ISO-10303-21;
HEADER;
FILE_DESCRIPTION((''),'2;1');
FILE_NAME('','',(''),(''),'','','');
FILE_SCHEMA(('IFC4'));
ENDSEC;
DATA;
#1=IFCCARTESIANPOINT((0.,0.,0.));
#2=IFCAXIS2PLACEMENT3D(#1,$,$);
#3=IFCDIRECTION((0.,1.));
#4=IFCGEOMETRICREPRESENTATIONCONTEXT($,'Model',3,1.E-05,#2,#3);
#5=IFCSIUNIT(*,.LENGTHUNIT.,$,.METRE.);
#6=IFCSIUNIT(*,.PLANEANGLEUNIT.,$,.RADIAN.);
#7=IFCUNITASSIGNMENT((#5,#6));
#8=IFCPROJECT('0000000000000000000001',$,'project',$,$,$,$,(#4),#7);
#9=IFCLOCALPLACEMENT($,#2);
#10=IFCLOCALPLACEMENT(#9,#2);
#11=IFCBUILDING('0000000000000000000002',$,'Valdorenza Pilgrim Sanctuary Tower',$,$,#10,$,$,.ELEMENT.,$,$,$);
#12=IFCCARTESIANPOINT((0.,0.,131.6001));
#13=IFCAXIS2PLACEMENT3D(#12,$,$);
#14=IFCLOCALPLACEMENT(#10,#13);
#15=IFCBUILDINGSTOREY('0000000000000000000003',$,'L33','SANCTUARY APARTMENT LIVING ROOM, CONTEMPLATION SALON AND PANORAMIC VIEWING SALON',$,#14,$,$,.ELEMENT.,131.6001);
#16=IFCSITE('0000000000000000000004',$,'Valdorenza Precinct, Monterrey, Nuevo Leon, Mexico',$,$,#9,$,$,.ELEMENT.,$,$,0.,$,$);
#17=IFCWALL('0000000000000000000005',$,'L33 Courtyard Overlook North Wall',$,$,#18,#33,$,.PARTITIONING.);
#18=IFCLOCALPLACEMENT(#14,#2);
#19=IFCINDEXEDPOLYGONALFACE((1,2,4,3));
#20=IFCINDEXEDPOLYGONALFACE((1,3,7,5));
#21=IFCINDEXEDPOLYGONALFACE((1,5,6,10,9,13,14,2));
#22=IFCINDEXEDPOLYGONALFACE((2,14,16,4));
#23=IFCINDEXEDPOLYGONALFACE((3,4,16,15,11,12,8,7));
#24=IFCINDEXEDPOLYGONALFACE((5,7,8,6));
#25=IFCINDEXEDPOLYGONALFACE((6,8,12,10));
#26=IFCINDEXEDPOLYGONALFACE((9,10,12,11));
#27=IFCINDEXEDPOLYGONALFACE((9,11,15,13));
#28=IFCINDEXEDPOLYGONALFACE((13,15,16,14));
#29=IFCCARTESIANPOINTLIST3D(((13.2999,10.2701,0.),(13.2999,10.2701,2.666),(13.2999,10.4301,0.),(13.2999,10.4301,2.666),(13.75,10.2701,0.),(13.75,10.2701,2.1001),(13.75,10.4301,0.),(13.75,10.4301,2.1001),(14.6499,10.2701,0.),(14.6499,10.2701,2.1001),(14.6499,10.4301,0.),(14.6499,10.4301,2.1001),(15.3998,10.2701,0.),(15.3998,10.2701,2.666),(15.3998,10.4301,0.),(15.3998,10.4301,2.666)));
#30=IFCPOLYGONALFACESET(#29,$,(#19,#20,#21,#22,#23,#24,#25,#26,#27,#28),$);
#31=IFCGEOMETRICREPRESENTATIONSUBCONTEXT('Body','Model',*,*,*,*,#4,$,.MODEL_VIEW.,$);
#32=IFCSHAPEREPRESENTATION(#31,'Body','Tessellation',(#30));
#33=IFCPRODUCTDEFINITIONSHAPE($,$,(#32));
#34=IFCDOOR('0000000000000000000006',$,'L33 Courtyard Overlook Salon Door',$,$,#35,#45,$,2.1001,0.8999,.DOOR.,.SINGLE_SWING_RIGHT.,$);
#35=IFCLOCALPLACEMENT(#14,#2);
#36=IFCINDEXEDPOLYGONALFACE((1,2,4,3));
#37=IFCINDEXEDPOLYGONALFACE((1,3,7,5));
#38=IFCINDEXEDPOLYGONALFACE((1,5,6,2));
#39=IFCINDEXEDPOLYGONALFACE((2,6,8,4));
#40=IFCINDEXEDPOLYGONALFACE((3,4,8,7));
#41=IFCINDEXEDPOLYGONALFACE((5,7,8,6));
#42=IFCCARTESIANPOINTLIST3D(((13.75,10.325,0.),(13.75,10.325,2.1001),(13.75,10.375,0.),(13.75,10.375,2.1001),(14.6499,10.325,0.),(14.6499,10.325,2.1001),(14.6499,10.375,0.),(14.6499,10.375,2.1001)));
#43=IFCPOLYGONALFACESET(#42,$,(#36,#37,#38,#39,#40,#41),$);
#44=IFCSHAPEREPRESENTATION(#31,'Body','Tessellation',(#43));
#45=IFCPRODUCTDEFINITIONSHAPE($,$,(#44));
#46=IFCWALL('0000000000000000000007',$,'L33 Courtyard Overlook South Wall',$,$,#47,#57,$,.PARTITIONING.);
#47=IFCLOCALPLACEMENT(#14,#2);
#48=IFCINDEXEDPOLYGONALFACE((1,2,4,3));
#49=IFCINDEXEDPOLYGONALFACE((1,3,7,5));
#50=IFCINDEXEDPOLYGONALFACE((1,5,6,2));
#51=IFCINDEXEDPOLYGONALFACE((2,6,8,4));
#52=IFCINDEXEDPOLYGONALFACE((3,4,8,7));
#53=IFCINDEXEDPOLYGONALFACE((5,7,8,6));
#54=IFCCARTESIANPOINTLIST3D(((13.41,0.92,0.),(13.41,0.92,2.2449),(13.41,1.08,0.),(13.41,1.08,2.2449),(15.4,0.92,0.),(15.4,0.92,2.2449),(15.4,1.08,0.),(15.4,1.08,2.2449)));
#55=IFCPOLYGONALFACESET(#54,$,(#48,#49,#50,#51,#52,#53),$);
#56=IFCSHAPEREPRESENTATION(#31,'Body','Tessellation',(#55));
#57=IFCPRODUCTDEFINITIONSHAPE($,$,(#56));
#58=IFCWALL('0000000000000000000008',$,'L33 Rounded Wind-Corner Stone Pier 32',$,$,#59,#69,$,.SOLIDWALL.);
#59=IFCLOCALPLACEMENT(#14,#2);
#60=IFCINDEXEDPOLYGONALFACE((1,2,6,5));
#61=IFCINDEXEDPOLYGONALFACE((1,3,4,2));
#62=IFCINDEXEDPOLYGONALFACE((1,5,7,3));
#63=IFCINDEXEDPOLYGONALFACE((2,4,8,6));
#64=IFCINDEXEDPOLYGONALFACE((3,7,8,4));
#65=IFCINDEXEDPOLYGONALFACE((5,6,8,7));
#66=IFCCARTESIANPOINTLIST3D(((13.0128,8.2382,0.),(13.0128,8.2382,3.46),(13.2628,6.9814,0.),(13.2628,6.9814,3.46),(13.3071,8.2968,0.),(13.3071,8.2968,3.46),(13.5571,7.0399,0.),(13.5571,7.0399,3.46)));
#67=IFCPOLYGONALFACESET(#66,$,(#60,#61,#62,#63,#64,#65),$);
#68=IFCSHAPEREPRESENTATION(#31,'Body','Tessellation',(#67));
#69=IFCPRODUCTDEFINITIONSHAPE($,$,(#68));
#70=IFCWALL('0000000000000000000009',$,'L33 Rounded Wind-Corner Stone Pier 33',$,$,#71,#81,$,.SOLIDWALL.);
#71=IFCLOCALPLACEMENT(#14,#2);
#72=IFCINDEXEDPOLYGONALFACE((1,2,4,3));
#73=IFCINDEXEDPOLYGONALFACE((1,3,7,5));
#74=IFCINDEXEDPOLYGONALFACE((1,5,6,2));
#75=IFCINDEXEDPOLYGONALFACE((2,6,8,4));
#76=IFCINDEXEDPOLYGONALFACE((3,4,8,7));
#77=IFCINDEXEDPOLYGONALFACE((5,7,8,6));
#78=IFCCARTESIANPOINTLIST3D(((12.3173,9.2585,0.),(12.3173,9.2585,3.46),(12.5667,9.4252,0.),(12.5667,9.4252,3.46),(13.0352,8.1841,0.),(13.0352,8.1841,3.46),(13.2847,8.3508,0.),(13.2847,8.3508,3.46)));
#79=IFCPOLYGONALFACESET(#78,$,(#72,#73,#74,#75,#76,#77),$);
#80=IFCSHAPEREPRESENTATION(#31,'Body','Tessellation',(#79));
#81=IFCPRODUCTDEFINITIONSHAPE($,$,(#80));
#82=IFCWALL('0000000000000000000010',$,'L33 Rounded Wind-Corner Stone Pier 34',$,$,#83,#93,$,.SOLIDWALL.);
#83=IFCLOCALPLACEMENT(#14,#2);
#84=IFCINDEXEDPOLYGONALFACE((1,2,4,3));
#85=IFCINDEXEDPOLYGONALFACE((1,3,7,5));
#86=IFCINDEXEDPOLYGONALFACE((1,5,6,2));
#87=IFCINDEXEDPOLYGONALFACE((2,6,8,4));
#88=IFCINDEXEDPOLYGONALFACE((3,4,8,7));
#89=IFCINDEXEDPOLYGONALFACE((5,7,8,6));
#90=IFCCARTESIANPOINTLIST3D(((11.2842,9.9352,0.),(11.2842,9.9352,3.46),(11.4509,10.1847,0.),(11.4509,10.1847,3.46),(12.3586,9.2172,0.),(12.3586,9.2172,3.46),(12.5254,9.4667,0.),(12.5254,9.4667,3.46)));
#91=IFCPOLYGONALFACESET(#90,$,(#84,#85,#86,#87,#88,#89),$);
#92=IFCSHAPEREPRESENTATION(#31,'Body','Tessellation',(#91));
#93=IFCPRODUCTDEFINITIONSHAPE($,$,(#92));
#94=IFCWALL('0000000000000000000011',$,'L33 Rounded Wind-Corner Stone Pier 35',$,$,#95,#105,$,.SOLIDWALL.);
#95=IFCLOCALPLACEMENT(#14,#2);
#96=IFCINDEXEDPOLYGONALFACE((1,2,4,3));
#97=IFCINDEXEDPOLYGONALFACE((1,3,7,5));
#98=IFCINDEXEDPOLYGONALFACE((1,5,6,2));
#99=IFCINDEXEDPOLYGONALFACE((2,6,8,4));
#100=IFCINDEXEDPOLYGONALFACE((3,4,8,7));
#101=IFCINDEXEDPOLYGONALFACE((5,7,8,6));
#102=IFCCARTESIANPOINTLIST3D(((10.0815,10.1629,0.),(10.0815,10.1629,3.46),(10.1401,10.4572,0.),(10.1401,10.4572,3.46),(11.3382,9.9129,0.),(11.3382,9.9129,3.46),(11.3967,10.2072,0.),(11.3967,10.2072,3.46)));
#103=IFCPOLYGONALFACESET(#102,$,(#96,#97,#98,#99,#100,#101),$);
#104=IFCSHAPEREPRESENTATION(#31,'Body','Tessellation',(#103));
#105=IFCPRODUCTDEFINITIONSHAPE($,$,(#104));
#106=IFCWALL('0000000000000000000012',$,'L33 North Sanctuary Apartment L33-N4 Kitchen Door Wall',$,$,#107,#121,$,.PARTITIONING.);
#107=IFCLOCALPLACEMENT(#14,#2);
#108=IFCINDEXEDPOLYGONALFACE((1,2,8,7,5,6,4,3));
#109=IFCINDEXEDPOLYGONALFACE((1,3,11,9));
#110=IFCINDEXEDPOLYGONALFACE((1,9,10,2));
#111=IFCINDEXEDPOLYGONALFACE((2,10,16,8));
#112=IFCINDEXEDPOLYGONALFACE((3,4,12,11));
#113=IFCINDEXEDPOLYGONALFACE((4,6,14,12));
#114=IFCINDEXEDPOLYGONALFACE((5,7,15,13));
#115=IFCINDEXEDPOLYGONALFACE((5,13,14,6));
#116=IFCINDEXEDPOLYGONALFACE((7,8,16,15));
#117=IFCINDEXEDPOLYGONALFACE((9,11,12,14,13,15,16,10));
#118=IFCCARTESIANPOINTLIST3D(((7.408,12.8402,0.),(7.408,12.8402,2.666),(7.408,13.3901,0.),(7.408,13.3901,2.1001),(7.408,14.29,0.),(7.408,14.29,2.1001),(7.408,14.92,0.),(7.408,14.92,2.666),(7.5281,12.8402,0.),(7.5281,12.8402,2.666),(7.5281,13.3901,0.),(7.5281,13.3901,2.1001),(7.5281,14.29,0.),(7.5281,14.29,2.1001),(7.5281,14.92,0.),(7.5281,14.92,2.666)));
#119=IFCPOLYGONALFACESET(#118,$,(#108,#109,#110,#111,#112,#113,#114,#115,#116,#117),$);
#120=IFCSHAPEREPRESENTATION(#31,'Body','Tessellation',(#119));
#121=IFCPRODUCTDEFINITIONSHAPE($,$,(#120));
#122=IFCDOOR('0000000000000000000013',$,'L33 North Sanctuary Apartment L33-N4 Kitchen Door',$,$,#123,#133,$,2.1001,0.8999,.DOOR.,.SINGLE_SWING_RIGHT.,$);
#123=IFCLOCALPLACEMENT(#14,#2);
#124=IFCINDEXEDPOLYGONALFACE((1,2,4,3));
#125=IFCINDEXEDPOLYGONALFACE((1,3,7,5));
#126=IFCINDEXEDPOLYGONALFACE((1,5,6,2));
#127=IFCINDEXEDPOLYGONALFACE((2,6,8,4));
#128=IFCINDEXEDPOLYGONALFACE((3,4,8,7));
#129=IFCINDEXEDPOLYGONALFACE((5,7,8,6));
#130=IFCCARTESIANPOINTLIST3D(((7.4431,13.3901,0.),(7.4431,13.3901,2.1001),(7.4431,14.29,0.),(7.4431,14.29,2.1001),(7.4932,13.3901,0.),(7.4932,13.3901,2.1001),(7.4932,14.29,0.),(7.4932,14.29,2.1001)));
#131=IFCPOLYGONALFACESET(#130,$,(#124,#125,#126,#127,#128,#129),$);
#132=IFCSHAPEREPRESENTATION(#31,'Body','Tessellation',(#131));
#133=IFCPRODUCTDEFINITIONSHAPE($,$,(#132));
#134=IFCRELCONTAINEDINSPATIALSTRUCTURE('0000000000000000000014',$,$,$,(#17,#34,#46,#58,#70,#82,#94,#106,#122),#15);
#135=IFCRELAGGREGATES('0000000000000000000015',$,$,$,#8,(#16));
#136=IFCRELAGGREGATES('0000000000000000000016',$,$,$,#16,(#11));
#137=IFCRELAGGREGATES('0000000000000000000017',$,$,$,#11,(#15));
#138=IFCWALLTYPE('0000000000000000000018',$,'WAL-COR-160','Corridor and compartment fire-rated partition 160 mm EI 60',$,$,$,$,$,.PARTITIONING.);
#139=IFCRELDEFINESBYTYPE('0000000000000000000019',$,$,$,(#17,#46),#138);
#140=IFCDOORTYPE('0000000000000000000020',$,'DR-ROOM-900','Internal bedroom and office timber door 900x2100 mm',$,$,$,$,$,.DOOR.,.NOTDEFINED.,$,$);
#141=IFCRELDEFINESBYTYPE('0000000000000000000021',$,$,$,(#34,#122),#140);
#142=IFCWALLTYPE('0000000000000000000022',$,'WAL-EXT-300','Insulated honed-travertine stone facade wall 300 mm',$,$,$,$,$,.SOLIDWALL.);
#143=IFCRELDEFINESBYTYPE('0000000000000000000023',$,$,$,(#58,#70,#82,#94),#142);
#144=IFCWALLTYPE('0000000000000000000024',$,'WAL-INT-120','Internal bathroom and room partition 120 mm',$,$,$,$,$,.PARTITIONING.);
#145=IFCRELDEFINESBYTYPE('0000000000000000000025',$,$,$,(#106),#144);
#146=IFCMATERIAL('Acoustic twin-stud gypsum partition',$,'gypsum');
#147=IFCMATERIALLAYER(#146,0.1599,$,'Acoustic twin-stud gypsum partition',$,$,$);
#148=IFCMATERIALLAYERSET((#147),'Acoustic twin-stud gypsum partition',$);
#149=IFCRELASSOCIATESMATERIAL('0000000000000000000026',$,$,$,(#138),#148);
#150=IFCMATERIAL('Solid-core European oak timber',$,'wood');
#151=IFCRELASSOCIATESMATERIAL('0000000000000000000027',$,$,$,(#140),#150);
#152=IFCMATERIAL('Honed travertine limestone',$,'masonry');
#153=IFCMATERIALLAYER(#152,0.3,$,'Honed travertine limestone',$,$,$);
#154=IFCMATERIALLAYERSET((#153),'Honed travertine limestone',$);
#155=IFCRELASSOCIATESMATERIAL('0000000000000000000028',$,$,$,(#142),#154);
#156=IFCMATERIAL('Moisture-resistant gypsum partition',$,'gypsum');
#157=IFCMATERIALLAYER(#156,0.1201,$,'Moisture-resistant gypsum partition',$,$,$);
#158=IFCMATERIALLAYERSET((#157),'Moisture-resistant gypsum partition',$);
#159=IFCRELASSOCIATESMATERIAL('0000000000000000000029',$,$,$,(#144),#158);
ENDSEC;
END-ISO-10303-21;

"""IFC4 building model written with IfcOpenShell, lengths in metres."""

from ifc_helpers import new_model, si_unit, direction, frame, frame_2d, origin, place, context, subcontext, project, spatial, rectangle, extrude, material, layer, layer_set, type_object, element, fill, save


model = new_model("IFC4")

# Units and contexts
model_context = context("Model", 3, precision=1e-05, world=origin(), true_north=direction((0.0, 1.0)))
body_context = subcontext(model_context, "Body", "Model", "MODEL_VIEW")
ifc_project = project(units=[si_unit("LENGTHUNIT", "METRE"), si_unit("PLANEANGLEUNIT", "RADIAN")], contexts=[model_context])

# Site, building, storey
site_placement = place(None, origin())
site = spatial("IfcSite", under=ifc_project, at=site_placement, Name="Valdorenza Precinct, Monterrey, Nuevo Leon, Mexico", CompositionType="ELEMENT", RefElevation=0.0)
building_placement = place(site_placement, origin())
building = spatial("IfcBuilding", under=site, at=building_placement, Name="Valdorenza Pilgrim Sanctuary Tower", CompositionType="ELEMENT")
storey_placement = place(building_placement, frame((0.0, 0.0, 131.6001)))
storey = spatial("IfcBuildingStorey", under=building, at=storey_placement, Name="L33", Description="SANCTUARY APARTMENT LIVING ROOM, CONTEMPLATION SALON AND PANORAMIC VIEWING SALON", CompositionType="ELEMENT", Elevation=131.6001)

# Shared definitions
ifc_material_1 = material(Name="Honed travertine limestone", Category="masonry")

# Shared definitions
ifc_material_2 = material(Name="Acoustic twin-stud gypsum partition", Category="gypsum")
ifc_layer_1 = layer(ifc_material_2, 0.1599, Name="Acoustic twin-stud gypsum partition")
ifc_layer_set_1 = layer_set([ifc_layer_1], Name="Acoustic twin-stud gypsum partition")
wall_type_1 = type_object("IfcWallType", Name="WAL-COR-160", Description="Corridor and compartment fire-rated partition 160 mm EI 60", PredefinedType="PARTITIONING", material=ifc_layer_set_1)

# Wall, opening, door
ifc_material_3 = material(Name="Solid-core European oak timber", Category="wood")
door_type = type_object("IfcDoorType", Name="DR-ROOM-900", Description="Internal bedroom and office timber door 900x2100 mm", OperationType="NOTDEFINED", PredefinedType="DOOR", material=ifc_material_3)
wall_1_placement = place(storey_placement, frame((13.3, 10.3501, 0.0), z_axis=(0.0, 0.0, 1.0), x_axis=(1.0, 0.0, 0.0)))
wall_1 = element("IfcWall", 1, at=wall_1_placement, inside=storey, type_object=wall_type_1, Name="L33 Courtyard Overlook North Wall", PredefinedType="PARTITIONING", context=body_context, shape_type="SweptSolid", body=[
    extrude(rectangle(XDim=2.0999, YDim=0.1599, at=frame_2d((1.0498, 0.0))), origin(), (0.0, 0.0, 1.0), 2.666),
])
opening_1_placement = place(wall_1_placement, frame((0.45, 0.0, 0.0)))
opening_1 = element("IfcOpeningElement", 2, at=opening_1_placement, cuts=wall_1, PredefinedType="OPENING", context=body_context, shape_type="SweptSolid", body=[
    extrude(rectangle(XDim=0.8999, YDim=2.1001, at=frame_2d((0.45, 1.05))), frame((0.0, 0.0947, 0.0), z_axis=(0.0, -1.0, 0.0), x_axis=(1.0, 0.0, 0.0)), (0.0, 0.0, 1.0), 0.1897),
])
door_1_placement = place(opening_1_placement, origin())
door_1 = element("IfcDoor", 3, at=door_1_placement, inside=storey, type_object=door_type, Name="L33 Courtyard Overlook Salon Door", OperationType="SINGLE_SWING_RIGHT", OverallHeight=2.1001, OverallWidth=0.8999, PredefinedType="DOOR", context=body_context, shape_type="SweptSolid", body=[
    extrude(rectangle(XDim=0.8999, YDim=2.1001, at=frame_2d((0.45, 1.05))), frame((0.0, 0.0249, 0.0), z_axis=(0.0, -1.0, 0.0), x_axis=(1.0, 0.0, 0.0)), (0.0, 0.0, 1.0), 0.05),
])
fill(opening_1, door_1)

# Walls
wall_2_placement = place(storey_placement, frame((13.4099, 1.0, 0.0), z_axis=(0.0, 0.0, 1.0), x_axis=(1.0, 0.0, 0.0)))
element("IfcWall", 4, at=wall_2_placement, inside=storey, type_object=wall_type_1, Name="L33 Courtyard Overlook South Wall", PredefinedType="PARTITIONING", context=body_context, shape_type="SweptSolid", body=[
    extrude(rectangle(XDim=1.99, YDim=0.1599, at=frame_2d((0.9951, 0.0))), origin(), (0.0, 0.0, 1.0), 2.2449),
])
ifc_layer_2 = layer(ifc_material_1, 0.3, Name="Honed travertine limestone")
ifc_layer_set_2 = layer_set([ifc_layer_2], Name="Honed travertine limestone")
wall_type_2 = type_object("IfcWallType", Name="WAL-EXT-300", Description="Insulated honed-travertine stone facade wall 300 mm", PredefinedType="SOLIDWALL", material=ifc_layer_set_2)
wall_3_placement = place(storey_placement, frame((13.4099, 7.0107, 0.0), z_axis=(0.0, 0.0, 1.0), x_axis=(-0.19509, 0.980785, 0.0)))
element("IfcWall", 5, at=wall_3_placement, inside=storey, type_object=wall_type_2, Name="L33 Rounded Wind-Corner Stone Pier 32", PredefinedType="SOLIDWALL", context=body_context, shape_type="SweptSolid", body=[
    extrude(rectangle(XDim=1.2815, YDim=0.3, at=frame_2d((0.6406, 0.0))), origin(), (0.0, 0.0, 1.0), 3.46),
])
for number, where, z_axis, x_axis, name in (
    (6, (13.1599, 8.2676, 0.0), (0.0, 0.0, 1.0), (-0.555615, 0.831439, 0.0), "L33 Rounded Wind-Corner Stone Pier 33"),
    (7, (12.4419, 9.342, 0.0), (0.0, 0.0, 1.0), (-0.831439, 0.555615, 0.0), "L33 Rounded Wind-Corner Stone Pier 34"),
):
    element("IfcWall", number, at=place(storey_placement, frame(where, z_axis=z_axis, x_axis=x_axis)), inside=storey, type_object=wall_type_2, Name=name, PredefinedType="SOLIDWALL", context=body_context, shape_type="SweptSolid", body=[
        extrude(rectangle(XDim=1.2922, YDim=0.3, at=frame_2d((0.646, 0.0))), origin(), (0.0, 0.0, 1.0), 3.46),
    ])
wall_4_placement = place(storey_placement, frame((11.3674, 10.0601, 0.0), z_axis=(0.0, 0.0, 1.0), x_axis=(-0.980778, 0.195127, 0.0)))
element("IfcWall", 8, at=wall_4_placement, inside=storey, type_object=wall_type_2, Name="L33 Rounded Wind-Corner Stone Pier 35", PredefinedType="SOLIDWALL", context=body_context, shape_type="SweptSolid", body=[
    extrude(rectangle(XDim=1.2812, YDim=0.3, at=frame_2d((0.6406, 0.0))), origin(), (0.0, 0.0, 1.0), 3.46),
])

# Wall, opening, door
ifc_material_4 = material(Name="Moisture-resistant gypsum partition", Category="gypsum")
ifc_layer_3 = layer(ifc_material_4, 0.1201, Name="Moisture-resistant gypsum partition")
ifc_layer_set_3 = layer_set([ifc_layer_3], Name="Moisture-resistant gypsum partition")
wall_type_3 = type_object("IfcWallType", Name="WAL-INT-120", Description="Internal bathroom and room partition 120 mm", PredefinedType="PARTITIONING", material=ifc_layer_set_3)
wall_5_placement = place(storey_placement, frame((7.468, 12.8401, 0.0), z_axis=(0.0, 0.0, 1.0), x_axis=(0.0, 1.0, 0.0)))
wall_5 = element("IfcWall", 9, at=wall_5_placement, inside=storey, type_object=wall_type_3, Name="L33 North Sanctuary Apartment L33-N4 Kitchen Door Wall", PredefinedType="PARTITIONING", context=body_context, shape_type="SweptSolid", body=[
    extrude(rectangle(XDim=2.0798, YDim=0.1201, at=frame_2d((1.04, 0.0))), origin(), (0.0, 0.0, 1.0), 2.666),
])
opening_2_placement = place(wall_5_placement, frame((0.55, 0.0, 0.0)))
opening_2 = element("IfcOpeningElement", 10, at=opening_2_placement, cuts=wall_5, PredefinedType="OPENING", context=body_context, shape_type="SweptSolid", body=[
    extrude(rectangle(XDim=0.8999, YDim=2.1001, at=frame_2d((0.45, 1.05))), frame((0.0, 0.075, 0.0), z_axis=(0.0, -1.0, 0.0), x_axis=(1.0, 0.0, 0.0)), (0.0, 0.0, 1.0), 0.1499),
])
door_2_placement = place(opening_2_placement, origin())
door_2 = element("IfcDoor", 11, at=door_2_placement, inside=storey, type_object=door_type, Name="L33 North Sanctuary Apartment L33-N4 Kitchen Door", OperationType="SINGLE_SWING_RIGHT", OverallHeight=2.1001, OverallWidth=0.8999, PredefinedType="DOOR", context=body_context, shape_type="SweptSolid", body=[
    extrude(rectangle(XDim=0.8999, YDim=2.1001, at=frame_2d((0.45, 1.05))), frame((0.0, 0.0249, 0.0), z_axis=(0.0, -1.0, 0.0), x_axis=(1.0, 0.0, 0.0)), (0.0, 0.0, 1.0), 0.05),
])
fill(opening_2, door_2)

save(model, "model.ifc")
